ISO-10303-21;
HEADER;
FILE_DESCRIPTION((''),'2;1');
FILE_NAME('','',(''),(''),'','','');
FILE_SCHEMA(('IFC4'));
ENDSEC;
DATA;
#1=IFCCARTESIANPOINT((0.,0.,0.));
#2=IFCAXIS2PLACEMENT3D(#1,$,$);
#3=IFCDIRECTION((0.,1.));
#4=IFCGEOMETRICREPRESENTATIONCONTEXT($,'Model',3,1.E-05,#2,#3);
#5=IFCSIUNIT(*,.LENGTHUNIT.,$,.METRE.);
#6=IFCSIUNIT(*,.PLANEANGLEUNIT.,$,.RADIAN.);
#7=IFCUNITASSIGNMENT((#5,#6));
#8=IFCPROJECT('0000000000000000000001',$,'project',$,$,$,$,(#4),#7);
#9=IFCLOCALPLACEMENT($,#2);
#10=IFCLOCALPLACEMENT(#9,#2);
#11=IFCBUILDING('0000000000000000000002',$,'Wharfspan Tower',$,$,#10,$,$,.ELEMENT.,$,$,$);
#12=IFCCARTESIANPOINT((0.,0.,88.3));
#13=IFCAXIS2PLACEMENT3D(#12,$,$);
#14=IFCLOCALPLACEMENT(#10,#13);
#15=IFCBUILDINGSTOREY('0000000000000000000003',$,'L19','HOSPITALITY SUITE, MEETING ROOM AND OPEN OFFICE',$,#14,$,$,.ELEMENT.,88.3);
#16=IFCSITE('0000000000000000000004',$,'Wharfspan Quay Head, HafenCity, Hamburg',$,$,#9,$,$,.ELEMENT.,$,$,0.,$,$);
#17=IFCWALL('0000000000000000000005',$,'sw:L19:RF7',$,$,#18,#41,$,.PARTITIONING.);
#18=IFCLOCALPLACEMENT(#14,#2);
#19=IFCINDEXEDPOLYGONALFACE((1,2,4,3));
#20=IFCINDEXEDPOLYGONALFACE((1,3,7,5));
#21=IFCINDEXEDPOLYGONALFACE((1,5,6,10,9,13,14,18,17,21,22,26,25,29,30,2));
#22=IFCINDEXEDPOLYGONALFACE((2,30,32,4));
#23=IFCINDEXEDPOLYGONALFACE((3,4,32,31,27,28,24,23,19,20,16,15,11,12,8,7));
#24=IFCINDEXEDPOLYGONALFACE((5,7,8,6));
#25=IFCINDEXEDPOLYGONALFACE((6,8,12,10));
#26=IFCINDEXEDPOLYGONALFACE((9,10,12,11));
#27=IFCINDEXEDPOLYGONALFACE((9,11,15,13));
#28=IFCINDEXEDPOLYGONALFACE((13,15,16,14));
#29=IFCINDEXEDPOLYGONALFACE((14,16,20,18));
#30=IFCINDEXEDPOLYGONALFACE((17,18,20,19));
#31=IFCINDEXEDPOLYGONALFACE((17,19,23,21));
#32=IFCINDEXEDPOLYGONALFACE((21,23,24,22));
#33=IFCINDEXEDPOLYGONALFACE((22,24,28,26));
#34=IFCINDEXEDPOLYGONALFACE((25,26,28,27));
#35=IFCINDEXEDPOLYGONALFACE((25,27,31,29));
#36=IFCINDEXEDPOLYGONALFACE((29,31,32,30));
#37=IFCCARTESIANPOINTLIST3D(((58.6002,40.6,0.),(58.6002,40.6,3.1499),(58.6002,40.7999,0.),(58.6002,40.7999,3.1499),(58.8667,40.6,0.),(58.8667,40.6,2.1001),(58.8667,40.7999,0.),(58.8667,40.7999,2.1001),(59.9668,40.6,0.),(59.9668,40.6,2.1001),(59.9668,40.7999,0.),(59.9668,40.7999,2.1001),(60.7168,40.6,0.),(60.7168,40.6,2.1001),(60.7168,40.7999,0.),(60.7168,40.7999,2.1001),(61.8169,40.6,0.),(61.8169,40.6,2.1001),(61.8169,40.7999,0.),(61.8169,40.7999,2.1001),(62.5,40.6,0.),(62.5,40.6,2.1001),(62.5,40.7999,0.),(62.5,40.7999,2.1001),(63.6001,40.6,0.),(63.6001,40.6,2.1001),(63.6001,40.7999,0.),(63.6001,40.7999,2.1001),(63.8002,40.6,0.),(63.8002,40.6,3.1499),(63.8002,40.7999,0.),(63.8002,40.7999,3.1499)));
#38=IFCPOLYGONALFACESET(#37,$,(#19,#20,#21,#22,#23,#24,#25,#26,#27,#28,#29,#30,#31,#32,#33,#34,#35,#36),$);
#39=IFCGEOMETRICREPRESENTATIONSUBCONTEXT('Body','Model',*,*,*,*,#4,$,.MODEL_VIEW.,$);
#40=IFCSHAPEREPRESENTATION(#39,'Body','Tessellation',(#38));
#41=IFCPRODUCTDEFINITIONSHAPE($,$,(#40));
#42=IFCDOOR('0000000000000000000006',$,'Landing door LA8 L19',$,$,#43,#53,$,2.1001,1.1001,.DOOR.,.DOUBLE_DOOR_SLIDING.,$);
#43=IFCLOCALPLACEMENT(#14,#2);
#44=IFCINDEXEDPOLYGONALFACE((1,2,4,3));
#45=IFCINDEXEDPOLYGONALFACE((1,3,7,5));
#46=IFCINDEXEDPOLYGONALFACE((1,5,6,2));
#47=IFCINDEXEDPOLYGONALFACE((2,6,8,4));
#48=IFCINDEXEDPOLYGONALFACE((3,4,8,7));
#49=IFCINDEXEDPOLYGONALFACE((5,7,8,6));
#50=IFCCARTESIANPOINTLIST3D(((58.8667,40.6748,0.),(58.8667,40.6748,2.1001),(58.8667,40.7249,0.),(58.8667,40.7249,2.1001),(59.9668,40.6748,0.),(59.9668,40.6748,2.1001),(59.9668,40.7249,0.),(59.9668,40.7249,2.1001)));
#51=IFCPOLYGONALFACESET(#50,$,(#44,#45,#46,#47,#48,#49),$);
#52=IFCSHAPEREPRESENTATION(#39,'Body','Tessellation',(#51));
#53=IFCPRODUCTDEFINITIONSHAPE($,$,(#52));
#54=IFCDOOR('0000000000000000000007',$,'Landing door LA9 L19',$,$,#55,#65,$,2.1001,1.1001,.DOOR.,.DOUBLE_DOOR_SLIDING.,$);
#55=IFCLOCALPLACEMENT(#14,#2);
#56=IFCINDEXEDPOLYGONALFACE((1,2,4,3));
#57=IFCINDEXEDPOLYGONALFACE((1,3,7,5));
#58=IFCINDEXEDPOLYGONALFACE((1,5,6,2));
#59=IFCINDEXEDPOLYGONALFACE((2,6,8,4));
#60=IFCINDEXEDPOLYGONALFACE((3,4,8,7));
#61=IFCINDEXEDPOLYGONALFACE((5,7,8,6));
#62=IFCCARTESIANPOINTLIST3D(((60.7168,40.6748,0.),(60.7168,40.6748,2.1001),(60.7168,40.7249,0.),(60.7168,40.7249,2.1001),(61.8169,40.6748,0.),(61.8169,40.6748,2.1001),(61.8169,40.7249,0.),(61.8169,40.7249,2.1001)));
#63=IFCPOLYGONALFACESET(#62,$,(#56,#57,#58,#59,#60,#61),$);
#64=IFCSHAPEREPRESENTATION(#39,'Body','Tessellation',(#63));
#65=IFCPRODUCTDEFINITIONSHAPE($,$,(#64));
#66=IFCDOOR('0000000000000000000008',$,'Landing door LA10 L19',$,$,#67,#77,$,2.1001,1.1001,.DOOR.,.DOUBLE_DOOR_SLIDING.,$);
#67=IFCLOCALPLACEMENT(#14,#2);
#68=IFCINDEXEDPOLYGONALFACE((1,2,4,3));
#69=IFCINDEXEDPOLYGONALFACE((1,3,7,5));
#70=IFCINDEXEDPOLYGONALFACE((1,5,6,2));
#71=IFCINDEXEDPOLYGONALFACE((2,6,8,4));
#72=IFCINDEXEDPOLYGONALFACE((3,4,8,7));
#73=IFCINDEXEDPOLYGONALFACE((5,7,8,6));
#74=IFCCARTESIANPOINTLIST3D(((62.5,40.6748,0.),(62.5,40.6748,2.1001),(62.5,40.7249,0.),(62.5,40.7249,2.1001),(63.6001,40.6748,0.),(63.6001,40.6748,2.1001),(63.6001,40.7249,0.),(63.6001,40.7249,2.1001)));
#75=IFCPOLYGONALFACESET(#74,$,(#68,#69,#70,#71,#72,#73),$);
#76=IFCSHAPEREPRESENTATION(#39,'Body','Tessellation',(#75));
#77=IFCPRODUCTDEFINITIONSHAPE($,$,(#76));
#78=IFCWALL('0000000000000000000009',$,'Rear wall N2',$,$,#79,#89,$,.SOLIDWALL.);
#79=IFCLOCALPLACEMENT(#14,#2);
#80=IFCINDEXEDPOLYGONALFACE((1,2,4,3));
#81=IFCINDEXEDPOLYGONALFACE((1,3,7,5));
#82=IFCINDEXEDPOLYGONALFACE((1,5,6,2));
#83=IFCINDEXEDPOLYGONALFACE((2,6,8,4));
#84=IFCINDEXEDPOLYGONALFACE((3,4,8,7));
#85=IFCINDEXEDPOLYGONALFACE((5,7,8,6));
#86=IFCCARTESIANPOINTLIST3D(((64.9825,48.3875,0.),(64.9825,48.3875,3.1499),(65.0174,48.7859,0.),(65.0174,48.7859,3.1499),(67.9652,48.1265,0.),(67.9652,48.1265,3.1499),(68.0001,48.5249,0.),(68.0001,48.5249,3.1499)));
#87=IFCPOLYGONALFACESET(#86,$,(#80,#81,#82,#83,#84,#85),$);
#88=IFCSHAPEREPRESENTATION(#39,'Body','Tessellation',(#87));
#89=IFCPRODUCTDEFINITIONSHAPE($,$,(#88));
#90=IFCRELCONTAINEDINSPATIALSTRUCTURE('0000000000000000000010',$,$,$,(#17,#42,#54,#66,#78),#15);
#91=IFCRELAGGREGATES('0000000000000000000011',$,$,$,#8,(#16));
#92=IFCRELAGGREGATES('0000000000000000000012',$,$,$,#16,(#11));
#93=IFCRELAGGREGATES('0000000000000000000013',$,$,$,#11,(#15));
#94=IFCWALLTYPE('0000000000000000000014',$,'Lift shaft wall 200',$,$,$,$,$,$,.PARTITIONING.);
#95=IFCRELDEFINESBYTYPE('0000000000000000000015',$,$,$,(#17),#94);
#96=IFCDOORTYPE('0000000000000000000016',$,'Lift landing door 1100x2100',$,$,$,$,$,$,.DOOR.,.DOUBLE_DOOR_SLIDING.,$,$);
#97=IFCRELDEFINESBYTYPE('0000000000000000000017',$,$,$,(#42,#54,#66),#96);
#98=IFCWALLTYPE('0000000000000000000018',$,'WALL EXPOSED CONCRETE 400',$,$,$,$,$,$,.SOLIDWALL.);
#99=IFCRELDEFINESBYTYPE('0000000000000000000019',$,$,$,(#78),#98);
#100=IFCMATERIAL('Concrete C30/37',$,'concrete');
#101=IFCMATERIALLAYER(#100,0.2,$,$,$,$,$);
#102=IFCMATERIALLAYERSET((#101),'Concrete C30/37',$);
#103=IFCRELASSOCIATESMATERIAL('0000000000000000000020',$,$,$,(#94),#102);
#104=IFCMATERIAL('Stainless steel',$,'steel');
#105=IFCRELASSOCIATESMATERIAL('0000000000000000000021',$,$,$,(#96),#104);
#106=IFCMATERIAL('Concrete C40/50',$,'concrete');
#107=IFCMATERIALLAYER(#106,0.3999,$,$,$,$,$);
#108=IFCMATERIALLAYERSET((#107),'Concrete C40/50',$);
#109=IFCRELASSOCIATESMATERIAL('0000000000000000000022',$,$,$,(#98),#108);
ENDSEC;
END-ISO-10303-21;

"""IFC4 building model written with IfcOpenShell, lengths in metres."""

from ifc_helpers import new_model, si_unit, direction, frame, frame_2d, origin, place, context, subcontext, project, spatial, rectangle, extrude, material, layer, layer_set, type_object, element, fill, save


model = new_model("IFC4")

# Units and contexts
model_context = context("Model", 3, precision=1e-05, world=origin(), true_north=direction((0.0, 1.0)))
body_context = subcontext(model_context, "Body", "Model", "MODEL_VIEW")
ifc_project = project(units=[si_unit("LENGTHUNIT", "METRE"), si_unit("PLANEANGLEUNIT", "RADIAN")], contexts=[model_context])

# Site, building, storey
site_placement = place(None, origin())
site = spatial("IfcSite", under=ifc_project, at=site_placement, Name="Wharfspan Quay Head, HafenCity, Hamburg", CompositionType="ELEMENT", RefElevation=0.0)
building_placement = place(site_placement, origin())
building = spatial("IfcBuilding", under=site, at=building_placement, Name="Wharfspan Tower", CompositionType="ELEMENT")
storey_placement = place(building_placement, frame((0.0, 0.0, 88.3)))
storey = spatial("IfcBuildingStorey", under=building, at=storey_placement, Name="L19", Description="HOSPITALITY SUITE, MEETING ROOM AND OPEN OFFICE", CompositionType="ELEMENT", Elevation=88.3)

# Shared definitions
ifc_material_1 = material(Name="Concrete C30/37", Category="concrete")
ifc_layer_1 = layer(ifc_material_1, 0.2)
ifc_layer_set_1 = layer_set([ifc_layer_1], Name="Concrete C30/37")
wall_type_1 = type_object("IfcWallType", Name="Lift shaft wall 200", PredefinedType="PARTITIONING", material=ifc_layer_set_1)

# Wall, openings, doors
wall_1_placement = place(storey_placement, frame((58.6001, 40.7, 0.0), z_axis=(0.0, 0.0, 1.0), x_axis=(1.0, 0.0, 0.0)))
wall_1 = element("IfcWall", 1, at=wall_1_placement, inside=storey, type_object=wall_type_1, Name="sw:L19:RF7", PredefinedType="PARTITIONING", context=body_context, shape_type="SweptSolid", body=[
    extrude(rectangle(XDim=5.2, YDim=0.2, at=frame_2d((2.6001, 0.0))), origin(), (0.0, 0.0, 1.0), 3.1499),
])
opening_1_placement = place(wall_1_placement, frame((0.2666, 0.0, 0.0)))
opening_1 = element("IfcOpeningElement", 2, at=opening_1_placement, cuts=wall_1, PredefinedType="OPENING", context=body_context, shape_type="SweptSolid", body=[
    extrude(rectangle(XDim=1.1001, YDim=2.1001, at=frame_2d((0.55, 1.05))), frame((0.0, 0.1099, 0.0), z_axis=(0.0, -1.0, 0.0), x_axis=(1.0, 0.0, 0.0)), (0.0, 0.0, 1.0), 0.22),
])
opening_2_placement = place(wall_1_placement, frame((2.1167, 0.0, 0.0)))
opening_2 = element("IfcOpeningElement", 3, at=opening_2_placement, cuts=wall_1, PredefinedType="OPENING", context=body_context, shape_type="SweptSolid", body=[
    extrude(rectangle(XDim=1.1001, YDim=2.1001, at=frame_2d((0.55, 1.05))), frame((0.0, 0.1099, 0.0), z_axis=(0.0, -1.0, 0.0), x_axis=(1.0, 0.0, 0.0)), (0.0, 0.0, 1.0), 0.22),
])
opening_3_placement = place(wall_1_placement, frame((3.8999, 0.0, 0.0)))
opening_3 = element("IfcOpeningElement", 4, at=opening_3_placement, cuts=wall_1, PredefinedType="OPENING", context=body_context, shape_type="SweptSolid", body=[
    extrude(rectangle(XDim=1.1001, YDim=2.1001, at=frame_2d((0.55, 1.05))), frame((0.0, 0.1099, 0.0), z_axis=(0.0, -1.0, 0.0), x_axis=(1.0, 0.0, 0.0)), (0.0, 0.0, 1.0), 0.22),
])
ifc_material_2 = material(Name="Stainless steel", Category="steel")
door_type_1 = type_object("IfcDoorType", Name="Lift landing door 1100x2100", OperationType="DOUBLE_DOOR_SLIDING", PredefinedType="DOOR", material=ifc_material_2)
door_1_placement = place(opening_1_placement, origin())
door_1 = element("IfcDoor", 5, at=door_1_placement, inside=storey, type_object=door_type_1, Name="Landing door LA8 L19", OperationType="DOUBLE_DOOR_SLIDING", OverallHeight=2.1001, OverallWidth=1.1001, PredefinedType="DOOR", context=body_context, shape_type="SweptSolid", body=[
    extrude(rectangle(XDim=1.1001, YDim=2.1001, at=frame_2d((0.55, 1.05))), frame((0.0, 0.0249, 0.0), z_axis=(0.0, -1.0, 0.0), x_axis=(1.0, 0.0, 0.0)), (0.0, 0.0, 1.0), 0.05),
])
fill(opening_1, door_1)
door_2_placement = place(opening_2_placement, origin())
door_2 = element("IfcDoor", 6, at=door_2_placement, inside=storey, type_object=door_type_1, Name="Landing door LA9 L19", OperationType="DOUBLE_DOOR_SLIDING", OverallHeight=2.1001, OverallWidth=1.1001, PredefinedType="DOOR", context=body_context, shape_type="SweptSolid", body=[
    extrude(rectangle(XDim=1.1001, YDim=2.1001, at=frame_2d((0.55, 1.05))), frame((0.0, 0.0249, 0.0), z_axis=(0.0, -1.0, 0.0), x_axis=(1.0, 0.0, 0.0)), (0.0, 0.0, 1.0), 0.05),
])
fill(opening_2, door_2)
door_3_placement = place(opening_3_placement, origin())
door_3 = element("IfcDoor", 7, at=door_3_placement, inside=storey, type_object=door_type_1, Name="Landing door LA10 L19", OperationType="DOUBLE_DOOR_SLIDING", OverallHeight=2.1001, OverallWidth=1.1001, PredefinedType="DOOR", context=body_context, shape_type="SweptSolid", body=[
    extrude(rectangle(XDim=1.1001, YDim=2.1001, at=frame_2d((0.55, 1.05))), frame((0.0, 0.0249, 0.0), z_axis=(0.0, -1.0, 0.0), x_axis=(1.0, 0.0, 0.0)), (0.0, 0.0, 1.0), 0.05),
])
fill(opening_3, door_3)

# Wall
ifc_material_3 = material(Name="Concrete C40/50", Category="concrete")
ifc_layer_2 = layer(ifc_material_3, 0.3999)
ifc_layer_set_2 = layer_set([ifc_layer_2], Name="Concrete C40/50")
wall_type_2 = type_object("IfcWallType", Name="WALL EXPOSED CONCRETE 400", PredefinedType="SOLIDWALL", material=ifc_layer_set_2)
wall_2_placement = place(storey_placement, frame((67.9827, 48.3257, 0.0), z_axis=(0.0, 0.0, 1.0), x_axis=(-0.996194, 0.087168, 0.0)))
element("IfcWall", 8, at=wall_2_placement, inside=storey, type_object=wall_type_2, Name="Rear wall N2", PredefinedType="SOLIDWALL", context=body_context, shape_type="SweptSolid", body=[
    extrude(rectangle(XDim=2.9941, YDim=0.3999, at=frame_2d((1.4971, 0.0))), origin(), (0.0, 0.0, 1.0), 3.1499),
])

save(model, "model.ifc")
